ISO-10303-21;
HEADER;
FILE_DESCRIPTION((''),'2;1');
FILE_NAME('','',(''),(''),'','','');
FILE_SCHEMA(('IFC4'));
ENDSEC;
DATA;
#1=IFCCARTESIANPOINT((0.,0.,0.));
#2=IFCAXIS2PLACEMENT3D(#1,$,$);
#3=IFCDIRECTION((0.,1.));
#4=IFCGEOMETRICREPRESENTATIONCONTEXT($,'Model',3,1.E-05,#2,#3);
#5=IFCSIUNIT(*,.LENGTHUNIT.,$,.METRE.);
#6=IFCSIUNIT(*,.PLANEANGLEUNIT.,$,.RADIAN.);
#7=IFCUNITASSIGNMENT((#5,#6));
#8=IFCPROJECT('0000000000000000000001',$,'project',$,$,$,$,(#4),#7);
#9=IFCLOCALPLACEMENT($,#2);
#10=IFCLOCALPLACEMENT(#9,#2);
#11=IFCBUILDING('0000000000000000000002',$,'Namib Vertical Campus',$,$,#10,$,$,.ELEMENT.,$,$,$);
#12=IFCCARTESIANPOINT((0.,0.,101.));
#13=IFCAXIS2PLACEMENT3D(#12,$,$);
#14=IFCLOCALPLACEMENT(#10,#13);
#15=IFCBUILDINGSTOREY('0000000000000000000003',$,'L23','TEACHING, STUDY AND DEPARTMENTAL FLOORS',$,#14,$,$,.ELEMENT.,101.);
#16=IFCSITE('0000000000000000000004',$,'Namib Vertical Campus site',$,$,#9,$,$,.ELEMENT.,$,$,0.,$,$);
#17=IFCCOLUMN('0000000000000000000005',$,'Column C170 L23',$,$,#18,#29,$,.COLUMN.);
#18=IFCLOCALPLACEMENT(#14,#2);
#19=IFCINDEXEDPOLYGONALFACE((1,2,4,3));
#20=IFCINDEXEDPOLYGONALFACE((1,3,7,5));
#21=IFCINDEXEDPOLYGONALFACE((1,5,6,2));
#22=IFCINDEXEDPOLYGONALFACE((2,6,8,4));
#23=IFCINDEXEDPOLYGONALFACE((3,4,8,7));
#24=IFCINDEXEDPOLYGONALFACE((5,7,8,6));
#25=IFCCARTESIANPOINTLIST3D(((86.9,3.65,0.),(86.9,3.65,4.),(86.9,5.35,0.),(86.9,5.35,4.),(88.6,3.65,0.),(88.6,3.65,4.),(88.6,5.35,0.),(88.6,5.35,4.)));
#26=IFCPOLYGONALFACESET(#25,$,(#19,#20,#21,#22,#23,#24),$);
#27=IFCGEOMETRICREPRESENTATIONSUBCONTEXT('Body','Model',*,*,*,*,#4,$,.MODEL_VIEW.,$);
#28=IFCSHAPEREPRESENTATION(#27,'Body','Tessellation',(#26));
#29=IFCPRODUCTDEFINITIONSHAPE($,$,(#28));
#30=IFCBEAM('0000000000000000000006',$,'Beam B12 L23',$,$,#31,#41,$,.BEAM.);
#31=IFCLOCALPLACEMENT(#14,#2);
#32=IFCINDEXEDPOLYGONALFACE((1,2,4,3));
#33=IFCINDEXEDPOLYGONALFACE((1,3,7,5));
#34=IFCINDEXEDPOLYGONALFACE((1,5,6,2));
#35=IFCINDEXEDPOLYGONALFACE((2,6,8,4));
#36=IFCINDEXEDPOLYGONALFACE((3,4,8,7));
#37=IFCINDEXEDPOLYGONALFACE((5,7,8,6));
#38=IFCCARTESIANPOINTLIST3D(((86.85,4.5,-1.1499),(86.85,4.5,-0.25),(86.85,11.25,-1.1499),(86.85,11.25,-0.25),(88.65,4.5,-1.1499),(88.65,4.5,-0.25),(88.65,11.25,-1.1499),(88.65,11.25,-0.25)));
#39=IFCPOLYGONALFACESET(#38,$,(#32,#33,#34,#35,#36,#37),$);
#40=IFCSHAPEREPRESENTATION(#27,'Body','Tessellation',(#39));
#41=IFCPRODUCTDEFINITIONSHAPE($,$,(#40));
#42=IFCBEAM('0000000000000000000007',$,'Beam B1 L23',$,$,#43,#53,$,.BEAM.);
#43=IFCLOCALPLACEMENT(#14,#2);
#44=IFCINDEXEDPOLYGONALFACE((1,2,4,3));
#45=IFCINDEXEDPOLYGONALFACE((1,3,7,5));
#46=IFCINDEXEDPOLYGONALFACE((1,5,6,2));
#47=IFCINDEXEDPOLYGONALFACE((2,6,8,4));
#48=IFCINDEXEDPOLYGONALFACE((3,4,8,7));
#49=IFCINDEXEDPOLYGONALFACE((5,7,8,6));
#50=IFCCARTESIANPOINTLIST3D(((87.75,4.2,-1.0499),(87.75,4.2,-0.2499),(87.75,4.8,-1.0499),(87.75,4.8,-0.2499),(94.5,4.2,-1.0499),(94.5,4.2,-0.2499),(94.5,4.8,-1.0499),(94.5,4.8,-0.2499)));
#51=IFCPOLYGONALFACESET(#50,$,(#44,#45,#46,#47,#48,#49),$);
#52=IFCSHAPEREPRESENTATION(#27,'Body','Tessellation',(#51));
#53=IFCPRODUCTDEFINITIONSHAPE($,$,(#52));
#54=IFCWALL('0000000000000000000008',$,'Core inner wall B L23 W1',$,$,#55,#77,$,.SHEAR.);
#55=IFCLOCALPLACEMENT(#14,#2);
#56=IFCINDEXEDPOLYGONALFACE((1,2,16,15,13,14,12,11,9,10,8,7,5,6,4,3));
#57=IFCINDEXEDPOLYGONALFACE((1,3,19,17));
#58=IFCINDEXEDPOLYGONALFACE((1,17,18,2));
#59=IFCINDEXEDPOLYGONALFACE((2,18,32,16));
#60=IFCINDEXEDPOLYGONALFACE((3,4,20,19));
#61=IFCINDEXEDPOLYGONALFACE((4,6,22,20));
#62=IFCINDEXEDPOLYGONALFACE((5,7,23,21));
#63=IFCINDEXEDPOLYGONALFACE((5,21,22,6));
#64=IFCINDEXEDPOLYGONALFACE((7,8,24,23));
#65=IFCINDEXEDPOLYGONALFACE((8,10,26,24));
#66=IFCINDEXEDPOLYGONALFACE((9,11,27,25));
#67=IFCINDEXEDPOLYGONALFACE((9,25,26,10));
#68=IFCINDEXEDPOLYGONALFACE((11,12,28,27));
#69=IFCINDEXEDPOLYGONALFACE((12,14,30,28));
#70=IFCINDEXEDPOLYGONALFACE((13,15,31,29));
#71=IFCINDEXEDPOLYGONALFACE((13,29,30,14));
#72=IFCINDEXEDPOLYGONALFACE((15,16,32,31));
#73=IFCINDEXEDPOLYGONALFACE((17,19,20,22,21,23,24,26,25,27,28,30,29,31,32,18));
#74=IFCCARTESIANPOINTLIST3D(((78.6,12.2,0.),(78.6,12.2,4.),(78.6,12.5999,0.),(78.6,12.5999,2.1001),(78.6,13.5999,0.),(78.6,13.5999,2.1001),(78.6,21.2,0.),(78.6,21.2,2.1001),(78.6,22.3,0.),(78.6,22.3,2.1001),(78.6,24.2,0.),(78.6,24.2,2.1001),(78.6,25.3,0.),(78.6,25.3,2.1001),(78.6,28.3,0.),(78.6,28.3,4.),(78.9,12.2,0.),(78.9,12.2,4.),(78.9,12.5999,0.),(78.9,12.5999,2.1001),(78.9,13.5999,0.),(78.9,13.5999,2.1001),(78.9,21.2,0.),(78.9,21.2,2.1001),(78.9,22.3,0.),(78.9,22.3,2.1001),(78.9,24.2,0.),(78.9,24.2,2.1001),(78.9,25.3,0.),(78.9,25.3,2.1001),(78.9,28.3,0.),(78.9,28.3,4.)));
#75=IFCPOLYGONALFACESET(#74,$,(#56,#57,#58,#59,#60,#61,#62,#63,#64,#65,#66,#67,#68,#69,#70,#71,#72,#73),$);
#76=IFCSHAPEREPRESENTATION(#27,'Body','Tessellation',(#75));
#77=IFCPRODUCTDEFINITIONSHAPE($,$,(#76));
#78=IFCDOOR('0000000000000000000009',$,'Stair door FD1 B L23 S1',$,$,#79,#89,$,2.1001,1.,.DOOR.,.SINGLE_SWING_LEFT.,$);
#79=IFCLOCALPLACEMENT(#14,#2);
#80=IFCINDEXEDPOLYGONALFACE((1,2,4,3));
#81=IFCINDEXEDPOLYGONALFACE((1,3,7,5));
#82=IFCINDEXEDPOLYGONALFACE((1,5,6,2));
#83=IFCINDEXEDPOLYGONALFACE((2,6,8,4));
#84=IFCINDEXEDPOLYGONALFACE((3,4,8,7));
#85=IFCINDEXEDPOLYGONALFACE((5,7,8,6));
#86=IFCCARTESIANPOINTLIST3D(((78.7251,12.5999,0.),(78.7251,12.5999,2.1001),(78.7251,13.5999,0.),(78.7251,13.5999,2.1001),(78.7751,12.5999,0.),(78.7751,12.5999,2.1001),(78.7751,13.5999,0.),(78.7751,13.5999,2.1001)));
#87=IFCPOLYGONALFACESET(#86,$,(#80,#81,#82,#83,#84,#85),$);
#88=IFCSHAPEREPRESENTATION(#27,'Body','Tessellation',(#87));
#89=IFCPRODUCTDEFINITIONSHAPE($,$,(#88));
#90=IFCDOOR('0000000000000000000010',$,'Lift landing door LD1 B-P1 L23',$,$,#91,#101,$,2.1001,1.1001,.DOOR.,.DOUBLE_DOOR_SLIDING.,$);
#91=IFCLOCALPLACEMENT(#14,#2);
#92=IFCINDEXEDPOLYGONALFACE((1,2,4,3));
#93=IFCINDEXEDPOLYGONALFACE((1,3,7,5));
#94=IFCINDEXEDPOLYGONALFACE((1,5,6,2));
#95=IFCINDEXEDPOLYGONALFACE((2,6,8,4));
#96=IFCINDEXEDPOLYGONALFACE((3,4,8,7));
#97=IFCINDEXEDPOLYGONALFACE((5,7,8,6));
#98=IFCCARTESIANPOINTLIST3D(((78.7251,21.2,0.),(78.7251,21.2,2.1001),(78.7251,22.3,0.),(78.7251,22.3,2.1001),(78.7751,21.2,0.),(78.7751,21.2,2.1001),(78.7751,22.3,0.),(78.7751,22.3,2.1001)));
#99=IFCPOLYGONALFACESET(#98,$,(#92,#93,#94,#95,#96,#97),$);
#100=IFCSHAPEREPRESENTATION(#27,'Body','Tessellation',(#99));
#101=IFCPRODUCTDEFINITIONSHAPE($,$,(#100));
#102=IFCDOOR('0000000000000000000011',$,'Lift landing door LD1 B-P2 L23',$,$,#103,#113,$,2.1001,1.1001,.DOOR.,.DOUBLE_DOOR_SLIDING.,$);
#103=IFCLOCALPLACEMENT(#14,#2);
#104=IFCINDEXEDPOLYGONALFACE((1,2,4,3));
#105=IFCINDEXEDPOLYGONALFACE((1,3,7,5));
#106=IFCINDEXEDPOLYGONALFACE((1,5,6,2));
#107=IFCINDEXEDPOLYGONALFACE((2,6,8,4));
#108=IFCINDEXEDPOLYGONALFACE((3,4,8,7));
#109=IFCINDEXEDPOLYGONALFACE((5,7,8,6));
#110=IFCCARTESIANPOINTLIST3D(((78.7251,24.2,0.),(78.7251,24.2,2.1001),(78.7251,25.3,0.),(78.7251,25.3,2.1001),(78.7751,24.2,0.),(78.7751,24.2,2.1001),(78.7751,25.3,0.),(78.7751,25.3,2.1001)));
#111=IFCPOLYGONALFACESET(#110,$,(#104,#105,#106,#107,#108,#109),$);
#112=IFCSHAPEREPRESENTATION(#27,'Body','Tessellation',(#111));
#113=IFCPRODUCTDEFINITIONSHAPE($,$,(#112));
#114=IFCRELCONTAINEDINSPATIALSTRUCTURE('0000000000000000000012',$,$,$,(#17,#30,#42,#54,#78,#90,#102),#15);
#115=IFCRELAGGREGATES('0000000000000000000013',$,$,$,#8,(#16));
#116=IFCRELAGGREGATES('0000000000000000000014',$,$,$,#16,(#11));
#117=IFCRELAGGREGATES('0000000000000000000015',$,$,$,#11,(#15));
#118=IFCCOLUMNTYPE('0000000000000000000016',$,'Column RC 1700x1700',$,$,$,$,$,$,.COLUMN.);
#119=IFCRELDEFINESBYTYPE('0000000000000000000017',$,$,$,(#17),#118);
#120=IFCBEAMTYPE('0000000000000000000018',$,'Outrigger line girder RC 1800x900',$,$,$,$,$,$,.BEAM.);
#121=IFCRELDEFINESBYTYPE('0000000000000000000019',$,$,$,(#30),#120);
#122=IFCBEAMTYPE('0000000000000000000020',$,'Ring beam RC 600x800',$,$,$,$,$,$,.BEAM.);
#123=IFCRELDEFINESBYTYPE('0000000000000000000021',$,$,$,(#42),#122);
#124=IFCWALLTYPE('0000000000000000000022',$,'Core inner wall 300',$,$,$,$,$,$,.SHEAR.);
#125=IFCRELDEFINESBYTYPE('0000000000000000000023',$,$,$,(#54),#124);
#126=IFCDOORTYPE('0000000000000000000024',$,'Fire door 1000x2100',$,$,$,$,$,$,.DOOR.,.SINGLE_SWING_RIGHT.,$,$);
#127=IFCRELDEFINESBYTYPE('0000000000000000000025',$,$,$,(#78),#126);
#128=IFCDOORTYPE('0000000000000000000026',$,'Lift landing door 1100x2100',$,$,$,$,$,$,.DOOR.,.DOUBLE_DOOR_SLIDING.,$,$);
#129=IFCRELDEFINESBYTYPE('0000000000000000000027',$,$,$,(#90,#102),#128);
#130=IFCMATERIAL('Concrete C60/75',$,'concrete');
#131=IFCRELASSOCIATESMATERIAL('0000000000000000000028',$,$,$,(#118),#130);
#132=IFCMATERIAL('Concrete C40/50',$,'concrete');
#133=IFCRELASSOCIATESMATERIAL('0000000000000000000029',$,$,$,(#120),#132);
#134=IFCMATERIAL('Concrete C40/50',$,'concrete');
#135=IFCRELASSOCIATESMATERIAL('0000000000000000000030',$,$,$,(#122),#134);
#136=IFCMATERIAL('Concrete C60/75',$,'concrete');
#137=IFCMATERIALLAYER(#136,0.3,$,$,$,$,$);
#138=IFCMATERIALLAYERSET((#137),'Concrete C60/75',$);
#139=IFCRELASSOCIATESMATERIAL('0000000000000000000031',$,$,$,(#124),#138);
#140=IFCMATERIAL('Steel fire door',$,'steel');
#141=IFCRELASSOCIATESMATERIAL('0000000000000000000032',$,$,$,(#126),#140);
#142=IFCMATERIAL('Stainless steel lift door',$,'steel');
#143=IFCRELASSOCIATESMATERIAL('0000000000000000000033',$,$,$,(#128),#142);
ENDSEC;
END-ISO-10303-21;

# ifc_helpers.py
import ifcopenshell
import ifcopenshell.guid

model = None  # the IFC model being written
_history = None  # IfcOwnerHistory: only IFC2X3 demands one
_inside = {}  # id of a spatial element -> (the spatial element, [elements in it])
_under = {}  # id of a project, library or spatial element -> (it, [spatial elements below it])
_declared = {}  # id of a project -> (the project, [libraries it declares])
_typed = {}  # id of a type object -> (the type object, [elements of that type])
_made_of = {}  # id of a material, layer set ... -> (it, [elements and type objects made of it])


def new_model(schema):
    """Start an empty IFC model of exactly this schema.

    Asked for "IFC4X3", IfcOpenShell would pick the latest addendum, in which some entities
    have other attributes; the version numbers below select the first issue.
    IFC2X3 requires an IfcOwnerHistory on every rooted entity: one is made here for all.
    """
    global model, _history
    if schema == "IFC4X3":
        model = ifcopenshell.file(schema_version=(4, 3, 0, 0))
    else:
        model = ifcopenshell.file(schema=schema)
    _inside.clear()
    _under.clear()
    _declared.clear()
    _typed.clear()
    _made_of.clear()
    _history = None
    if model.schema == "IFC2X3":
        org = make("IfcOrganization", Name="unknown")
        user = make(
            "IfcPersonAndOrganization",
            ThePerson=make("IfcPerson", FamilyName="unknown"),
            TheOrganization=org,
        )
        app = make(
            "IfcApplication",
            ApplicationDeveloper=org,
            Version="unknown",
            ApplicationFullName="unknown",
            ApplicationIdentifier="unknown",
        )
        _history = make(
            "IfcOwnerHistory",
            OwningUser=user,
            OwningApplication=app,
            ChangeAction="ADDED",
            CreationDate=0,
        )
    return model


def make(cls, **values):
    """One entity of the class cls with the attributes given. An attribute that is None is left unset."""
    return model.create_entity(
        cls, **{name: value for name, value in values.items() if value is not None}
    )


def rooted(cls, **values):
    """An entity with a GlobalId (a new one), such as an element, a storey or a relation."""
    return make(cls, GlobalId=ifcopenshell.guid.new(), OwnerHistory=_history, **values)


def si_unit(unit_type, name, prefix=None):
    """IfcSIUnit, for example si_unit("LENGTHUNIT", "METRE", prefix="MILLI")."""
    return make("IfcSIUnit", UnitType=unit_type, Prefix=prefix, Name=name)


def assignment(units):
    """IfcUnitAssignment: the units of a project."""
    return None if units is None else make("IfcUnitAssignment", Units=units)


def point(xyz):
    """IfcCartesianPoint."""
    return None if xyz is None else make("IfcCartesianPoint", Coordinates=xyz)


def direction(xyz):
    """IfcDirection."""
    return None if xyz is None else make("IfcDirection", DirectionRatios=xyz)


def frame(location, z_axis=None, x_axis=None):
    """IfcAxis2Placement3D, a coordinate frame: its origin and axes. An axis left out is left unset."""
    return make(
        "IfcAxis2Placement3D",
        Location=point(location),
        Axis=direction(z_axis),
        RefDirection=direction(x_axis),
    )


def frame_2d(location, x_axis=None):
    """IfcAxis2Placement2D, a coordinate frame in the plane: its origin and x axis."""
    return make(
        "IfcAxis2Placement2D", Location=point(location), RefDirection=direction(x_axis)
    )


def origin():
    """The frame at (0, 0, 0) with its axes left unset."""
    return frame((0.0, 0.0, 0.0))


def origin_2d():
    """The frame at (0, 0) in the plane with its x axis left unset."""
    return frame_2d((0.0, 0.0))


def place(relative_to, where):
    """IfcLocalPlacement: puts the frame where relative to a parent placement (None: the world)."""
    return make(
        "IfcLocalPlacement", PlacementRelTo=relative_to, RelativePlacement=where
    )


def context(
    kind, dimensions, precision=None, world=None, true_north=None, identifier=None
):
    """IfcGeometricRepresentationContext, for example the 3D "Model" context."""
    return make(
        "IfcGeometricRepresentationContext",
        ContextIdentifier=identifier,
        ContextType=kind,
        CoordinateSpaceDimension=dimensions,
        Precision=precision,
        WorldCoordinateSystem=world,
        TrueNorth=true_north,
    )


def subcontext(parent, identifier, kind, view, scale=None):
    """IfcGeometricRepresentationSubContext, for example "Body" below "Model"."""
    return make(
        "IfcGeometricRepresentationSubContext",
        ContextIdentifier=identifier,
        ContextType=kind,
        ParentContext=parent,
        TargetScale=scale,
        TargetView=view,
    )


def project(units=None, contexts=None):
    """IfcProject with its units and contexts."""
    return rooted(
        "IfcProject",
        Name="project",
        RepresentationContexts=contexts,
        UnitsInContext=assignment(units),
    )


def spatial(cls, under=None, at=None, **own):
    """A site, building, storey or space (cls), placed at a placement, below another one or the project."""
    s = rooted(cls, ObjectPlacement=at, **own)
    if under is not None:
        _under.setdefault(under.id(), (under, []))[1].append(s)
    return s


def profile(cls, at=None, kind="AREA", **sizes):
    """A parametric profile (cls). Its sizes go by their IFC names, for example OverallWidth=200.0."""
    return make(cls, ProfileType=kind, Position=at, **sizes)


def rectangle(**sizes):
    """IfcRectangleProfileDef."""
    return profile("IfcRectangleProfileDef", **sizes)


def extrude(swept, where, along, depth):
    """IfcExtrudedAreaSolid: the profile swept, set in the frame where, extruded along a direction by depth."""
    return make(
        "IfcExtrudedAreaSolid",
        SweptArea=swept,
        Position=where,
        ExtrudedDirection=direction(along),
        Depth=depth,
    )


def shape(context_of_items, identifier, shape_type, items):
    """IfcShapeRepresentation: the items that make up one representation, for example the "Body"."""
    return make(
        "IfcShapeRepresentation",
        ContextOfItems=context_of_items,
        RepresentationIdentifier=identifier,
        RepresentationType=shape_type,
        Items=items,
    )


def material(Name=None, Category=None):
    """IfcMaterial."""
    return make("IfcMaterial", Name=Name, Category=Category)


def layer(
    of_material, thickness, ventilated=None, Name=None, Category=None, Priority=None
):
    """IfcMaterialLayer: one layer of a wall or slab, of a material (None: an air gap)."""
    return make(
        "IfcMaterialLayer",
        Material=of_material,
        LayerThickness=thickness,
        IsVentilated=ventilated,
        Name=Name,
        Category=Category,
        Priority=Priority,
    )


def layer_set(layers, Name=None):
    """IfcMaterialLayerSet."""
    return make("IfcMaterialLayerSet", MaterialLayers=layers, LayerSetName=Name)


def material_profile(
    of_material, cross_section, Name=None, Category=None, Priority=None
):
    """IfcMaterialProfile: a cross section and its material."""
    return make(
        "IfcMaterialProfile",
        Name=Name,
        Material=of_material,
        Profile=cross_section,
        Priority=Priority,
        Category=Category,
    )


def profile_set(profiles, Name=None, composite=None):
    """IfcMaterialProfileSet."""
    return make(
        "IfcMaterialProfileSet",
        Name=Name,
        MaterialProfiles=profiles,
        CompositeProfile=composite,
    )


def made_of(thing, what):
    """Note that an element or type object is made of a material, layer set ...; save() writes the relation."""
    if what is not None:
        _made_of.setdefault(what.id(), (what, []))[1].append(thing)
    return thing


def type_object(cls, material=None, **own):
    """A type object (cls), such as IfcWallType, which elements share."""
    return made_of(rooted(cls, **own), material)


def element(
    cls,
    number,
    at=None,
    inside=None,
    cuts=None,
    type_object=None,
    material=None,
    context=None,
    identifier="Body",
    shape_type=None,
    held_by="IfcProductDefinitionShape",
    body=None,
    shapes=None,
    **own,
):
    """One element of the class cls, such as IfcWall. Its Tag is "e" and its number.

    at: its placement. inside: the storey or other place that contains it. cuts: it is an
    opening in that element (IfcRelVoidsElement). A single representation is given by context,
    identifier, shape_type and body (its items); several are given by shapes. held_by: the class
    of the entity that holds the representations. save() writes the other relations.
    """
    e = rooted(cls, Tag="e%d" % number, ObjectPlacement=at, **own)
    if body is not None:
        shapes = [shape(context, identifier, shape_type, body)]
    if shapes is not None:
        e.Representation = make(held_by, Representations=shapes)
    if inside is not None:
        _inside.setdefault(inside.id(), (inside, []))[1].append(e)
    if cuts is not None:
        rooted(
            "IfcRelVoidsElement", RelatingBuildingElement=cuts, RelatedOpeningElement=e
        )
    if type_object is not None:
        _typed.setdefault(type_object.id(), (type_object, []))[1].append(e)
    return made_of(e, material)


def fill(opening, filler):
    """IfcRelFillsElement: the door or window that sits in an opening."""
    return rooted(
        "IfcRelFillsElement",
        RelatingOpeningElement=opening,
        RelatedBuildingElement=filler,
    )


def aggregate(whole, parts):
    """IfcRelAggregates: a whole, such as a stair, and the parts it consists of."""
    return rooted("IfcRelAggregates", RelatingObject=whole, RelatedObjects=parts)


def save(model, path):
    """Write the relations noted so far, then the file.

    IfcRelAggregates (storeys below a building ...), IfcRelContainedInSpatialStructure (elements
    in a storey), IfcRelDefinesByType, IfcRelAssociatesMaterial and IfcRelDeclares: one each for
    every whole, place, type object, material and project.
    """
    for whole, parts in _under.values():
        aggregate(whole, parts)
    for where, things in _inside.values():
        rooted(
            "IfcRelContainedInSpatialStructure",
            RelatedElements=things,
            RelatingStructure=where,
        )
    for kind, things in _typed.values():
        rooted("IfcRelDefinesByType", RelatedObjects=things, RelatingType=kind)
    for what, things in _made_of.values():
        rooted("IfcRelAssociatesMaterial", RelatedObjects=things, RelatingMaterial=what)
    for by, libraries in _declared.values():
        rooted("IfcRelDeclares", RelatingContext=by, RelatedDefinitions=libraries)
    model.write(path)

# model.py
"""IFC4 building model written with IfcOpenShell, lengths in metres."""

from ifc_helpers import new_model, si_unit, direction, frame, frame_2d, origin, origin_2d, place, context, subcontext, project, spatial, rectangle, extrude, material, layer, layer_set, material_profile, profile_set, type_object, element, fill, save


model = new_model("IFC4")

# Units and contexts
model_context = context("Model", 3, precision=1e-05, world=origin(), true_north=direction((0.0, 1.0)))
body_context = subcontext(model_context, "Body", "Model", "MODEL_VIEW")
ifc_project = project(units=[si_unit("LENGTHUNIT", "METRE"), si_unit("PLANEANGLEUNIT", "RADIAN")], contexts=[model_context])

# Site, building, storey
site_placement = place(None, origin())
site = spatial("IfcSite", under=ifc_project, at=site_placement, Name="Namib Vertical Campus site", CompositionType="ELEMENT", RefElevation=0.0)
building_placement = place(site_placement, origin())
building = spatial("IfcBuilding", under=site, at=building_placement, Name="Namib Vertical Campus", CompositionType="ELEMENT")
storey_placement = place(building_placement, frame((0.0, 0.0, 101.0)))
storey = spatial("IfcBuildingStorey", under=building, at=storey_placement, Name="L23", Description="TEACHING, STUDY AND DEPARTMENTAL FLOORS", CompositionType="ELEMENT", Elevation=101.0)

# Column
ifc_material_1 = material(Name="Concrete C60/75", Category="concrete")
ifc_material_profile_1 = material_profile(ifc_material_1, rectangle(XDim=1.7, YDim=1.7, at=origin_2d()))
ifc_profile_set_1 = profile_set([ifc_material_profile_1], Name="Concrete C60/75")
column_type = type_object("IfcColumnType", Name="Column RC 1700x1700", PredefinedType="COLUMN", material=ifc_profile_set_1)
column_placement = place(storey_placement, frame((87.75, 4.5, 0.0), z_axis=(0.0, 0.0, 1.0), x_axis=(1.0, 0.0, 0.0)))
element("IfcColumn", 1, at=column_placement, inside=storey, type_object=column_type, Name="Column C170 L23", PredefinedType="COLUMN", context=body_context, shape_type="SweptSolid", body=[
    extrude(rectangle(XDim=1.7, YDim=1.7, at=origin_2d()), origin(), (0.0, 0.0, 1.0), 4.0),
])

# Beams
ifc_material_2 = material(Name="Concrete C40/50", Category="concrete")
ifc_material_profile_2 = material_profile(ifc_material_2, rectangle(XDim=1.8, YDim=0.8999, at=origin_2d()))
ifc_profile_set_2 = profile_set([ifc_material_profile_2], Name="Concrete C40/50")
beam_type_1 = type_object("IfcBeamType", Name="Outrigger line girder RC 1800x900", PredefinedType="BEAM", material=ifc_profile_set_2)
beam_1_placement = place(storey_placement, frame((87.75, 4.5, -0.7), z_axis=(0.0, 1.0, 0.0), x_axis=(-1.0, 0.0, 0.0)))
element("IfcBeam", 2, at=beam_1_placement, inside=storey, type_object=beam_type_1, Name="Beam B12 L23", PredefinedType="BEAM", context=body_context, shape_type="SweptSolid", body=[
    extrude(rectangle(XDim=1.8, YDim=0.8999, at=origin_2d()), origin(), (0.0, 0.0, 1.0), 6.75),
])
ifc_material_3 = material(Name="Concrete C40/50", Category="concrete")
ifc_material_profile_3 = material_profile(ifc_material_3, rectangle(XDim=0.6001, YDim=0.8, at=origin_2d()))
ifc_profile_set_3 = profile_set([ifc_material_profile_3], Name="Concrete C40/50")
beam_type_2 = type_object("IfcBeamType", Name="Ring beam RC 600x800", PredefinedType="BEAM", material=ifc_profile_set_3)
beam_2_placement = place(storey_placement, frame((87.75, 4.5, -0.6499), z_axis=(1.0, 0.0, 0.0), x_axis=(0.0, 1.0, 0.0)))
element("IfcBeam", 3, at=beam_2_placement, inside=storey, type_object=beam_type_2, Name="Beam B1 L23", PredefinedType="BEAM", context=body_context, shape_type="SweptSolid", body=[
    extrude(rectangle(XDim=0.6001, YDim=0.8, at=origin_2d()), origin(), (0.0, 0.0, 1.0), 6.75),
])

# Wall, openings, doors
ifc_material_4 = material(Name="Concrete C60/75", Category="concrete")
ifc_layer_1 = layer(ifc_material_4, 0.3)
ifc_layer_set_1 = layer_set([ifc_layer_1], Name="Concrete C60/75")
wall_type_1 = type_object("IfcWallType", Name="Core inner wall 300", PredefinedType="SHEAR", material=ifc_layer_set_1)
wall_1_placement = place(storey_placement, frame((78.75, 12.2, 0.0), z_axis=(0.0, 0.0, 1.0), x_axis=(0.0, 1.0, 0.0)))
wall_1 = element("IfcWall", 4, at=wall_1_placement, inside=storey, type_object=wall_type_1, Name="Core inner wall B L23 W1", PredefinedType="SHEAR", context=body_context, shape_type="SweptSolid", body=[
    extrude(rectangle(XDim=16.1001, YDim=0.3, at=frame_2d((8.05, 0.0))), origin(), (0.0, 0.0, 1.0), 4.0),
])
opening_1_placement = place(wall_1_placement, frame((0.3999, 0.0, 0.0)))
opening_1 = element("IfcOpeningElement", 5, at=opening_1_placement, cuts=wall_1, PredefinedType="OPENING", context=body_context, shape_type="SweptSolid", body=[
    extrude(rectangle(XDim=1.0, YDim=2.1001, at=frame_2d((0.5, 1.05))), frame((0.0, 0.1599, 0.0), z_axis=(0.0, -1.0, 0.0), x_axis=(1.0, 0.0, 0.0)), (0.0, 0.0, 1.0), 0.3201),
])
opening_2_placement = place(wall_1_placement, frame((9.0, 0.0, 0.0)))
opening_2 = element("IfcOpeningElement", 6, at=opening_2_placement, cuts=wall_1, PredefinedType="OPENING", context=body_context, shape_type="SweptSolid", body=[
    extrude(rectangle(XDim=1.1001, YDim=2.1001, at=frame_2d((0.55, 1.05))), frame((0.0, 0.1599, 0.0), z_axis=(0.0, -1.0, 0.0), x_axis=(1.0, 0.0, 0.0)), (0.0, 0.0, 1.0), 0.3201),
])
opening_3_placement = place(wall_1_placement, frame((12.0, 0.0, 0.0)))
opening_3 = element("IfcOpeningElement", 7, at=opening_3_placement, cuts=wall_1, PredefinedType="OPENING", context=body_context, shape_type="SweptSolid", body=[
    extrude(rectangle(XDim=1.1001, YDim=2.1001, at=frame_2d((0.55, 1.05))), frame((0.0, 0.1599, 0.0), z_axis=(0.0, -1.0, 0.0), x_axis=(1.0, 0.0, 0.0)), (0.0, 0.0, 1.0), 0.3201),
])
ifc_material_5 = material(Name="Steel fire door", Category="steel")
door_type_1 = type_object("IfcDoorType", Name="Fire door 1000x2100", OperationType="SINGLE_SWING_RIGHT", PredefinedType="DOOR", material=ifc_material_5)
door_1_placement = place(opening_1_placement, origin())
door_1 = element("IfcDoor", 8, at=door_1_placement, inside=storey, type_object=door_type_1, Name="Stair door FD1 B L23 S1", OperationType="SINGLE_SWING_LEFT", OverallHeight=2.1001, OverallWidth=1.0, PredefinedType="DOOR", context=body_context, shape_type="SweptSolid", body=[
    extrude(rectangle(XDim=1.0, YDim=2.1001, at=frame_2d((0.5, 1.05))), frame((0.0, 0.0249, 0.0), z_axis=(0.0, -1.0, 0.0), x_axis=(1.0, 0.0, 0.0)), (0.0, 0.0, 1.0), 0.05),
])
fill(opening_1, door_1)
ifc_material_6 = material(Name="Stainless steel lift door", Category="steel")
door_type_2 = type_object("IfcDoorType", Name="Lift landing door 1100x2100", OperationType="DOUBLE_DOOR_SLIDING", PredefinedType="DOOR", material=ifc_material_6)
door_2_placement = place(opening_2_placement, origin())
door_2 = element("IfcDoor", 9, at=door_2_placement, inside=storey, type_object=door_type_2, Name="Lift landing door LD1 B-P1 L23", OperationType="DOUBLE_DOOR_SLIDING", OverallHeight=2.1001, OverallWidth=1.1001, PredefinedType="DOOR", context=body_context, shape_type="SweptSolid", body=[
    extrude(rectangle(XDim=1.1001, YDim=2.1001, at=frame_2d((0.55, 1.05))), frame((0.0, 0.0249, 0.0), z_axis=(0.0, -1.0, 0.0), x_axis=(1.0, 0.0, 0.0)), (0.0, 0.0, 1.0), 0.05),
])
fill(opening_2, door_2)
door_3_placement = place(opening_3_placement, origin())
door_3 = element("IfcDoor", 10, at=door_3_placement, inside=storey, type_object=door_type_2, Name="Lift landing door LD1 B-P2 L23", OperationType="DOUBLE_DOOR_SLIDING", OverallHeight=2.1001, OverallWidth=1.1001, PredefinedType="DOOR", context=body_context, shape_type="SweptSolid", body=[
    extrude(rectangle(XDim=1.1001, YDim=2.1001, at=frame_2d((0.55, 1.05))), frame((0.0, 0.0249, 0.0), z_axis=(0.0, -1.0, 0.0), x_axis=(1.0, 0.0, 0.0)), (0.0, 0.0, 1.0), 0.05),
])
fill(opening_3, door_3)

save(model, "model.ifc")
